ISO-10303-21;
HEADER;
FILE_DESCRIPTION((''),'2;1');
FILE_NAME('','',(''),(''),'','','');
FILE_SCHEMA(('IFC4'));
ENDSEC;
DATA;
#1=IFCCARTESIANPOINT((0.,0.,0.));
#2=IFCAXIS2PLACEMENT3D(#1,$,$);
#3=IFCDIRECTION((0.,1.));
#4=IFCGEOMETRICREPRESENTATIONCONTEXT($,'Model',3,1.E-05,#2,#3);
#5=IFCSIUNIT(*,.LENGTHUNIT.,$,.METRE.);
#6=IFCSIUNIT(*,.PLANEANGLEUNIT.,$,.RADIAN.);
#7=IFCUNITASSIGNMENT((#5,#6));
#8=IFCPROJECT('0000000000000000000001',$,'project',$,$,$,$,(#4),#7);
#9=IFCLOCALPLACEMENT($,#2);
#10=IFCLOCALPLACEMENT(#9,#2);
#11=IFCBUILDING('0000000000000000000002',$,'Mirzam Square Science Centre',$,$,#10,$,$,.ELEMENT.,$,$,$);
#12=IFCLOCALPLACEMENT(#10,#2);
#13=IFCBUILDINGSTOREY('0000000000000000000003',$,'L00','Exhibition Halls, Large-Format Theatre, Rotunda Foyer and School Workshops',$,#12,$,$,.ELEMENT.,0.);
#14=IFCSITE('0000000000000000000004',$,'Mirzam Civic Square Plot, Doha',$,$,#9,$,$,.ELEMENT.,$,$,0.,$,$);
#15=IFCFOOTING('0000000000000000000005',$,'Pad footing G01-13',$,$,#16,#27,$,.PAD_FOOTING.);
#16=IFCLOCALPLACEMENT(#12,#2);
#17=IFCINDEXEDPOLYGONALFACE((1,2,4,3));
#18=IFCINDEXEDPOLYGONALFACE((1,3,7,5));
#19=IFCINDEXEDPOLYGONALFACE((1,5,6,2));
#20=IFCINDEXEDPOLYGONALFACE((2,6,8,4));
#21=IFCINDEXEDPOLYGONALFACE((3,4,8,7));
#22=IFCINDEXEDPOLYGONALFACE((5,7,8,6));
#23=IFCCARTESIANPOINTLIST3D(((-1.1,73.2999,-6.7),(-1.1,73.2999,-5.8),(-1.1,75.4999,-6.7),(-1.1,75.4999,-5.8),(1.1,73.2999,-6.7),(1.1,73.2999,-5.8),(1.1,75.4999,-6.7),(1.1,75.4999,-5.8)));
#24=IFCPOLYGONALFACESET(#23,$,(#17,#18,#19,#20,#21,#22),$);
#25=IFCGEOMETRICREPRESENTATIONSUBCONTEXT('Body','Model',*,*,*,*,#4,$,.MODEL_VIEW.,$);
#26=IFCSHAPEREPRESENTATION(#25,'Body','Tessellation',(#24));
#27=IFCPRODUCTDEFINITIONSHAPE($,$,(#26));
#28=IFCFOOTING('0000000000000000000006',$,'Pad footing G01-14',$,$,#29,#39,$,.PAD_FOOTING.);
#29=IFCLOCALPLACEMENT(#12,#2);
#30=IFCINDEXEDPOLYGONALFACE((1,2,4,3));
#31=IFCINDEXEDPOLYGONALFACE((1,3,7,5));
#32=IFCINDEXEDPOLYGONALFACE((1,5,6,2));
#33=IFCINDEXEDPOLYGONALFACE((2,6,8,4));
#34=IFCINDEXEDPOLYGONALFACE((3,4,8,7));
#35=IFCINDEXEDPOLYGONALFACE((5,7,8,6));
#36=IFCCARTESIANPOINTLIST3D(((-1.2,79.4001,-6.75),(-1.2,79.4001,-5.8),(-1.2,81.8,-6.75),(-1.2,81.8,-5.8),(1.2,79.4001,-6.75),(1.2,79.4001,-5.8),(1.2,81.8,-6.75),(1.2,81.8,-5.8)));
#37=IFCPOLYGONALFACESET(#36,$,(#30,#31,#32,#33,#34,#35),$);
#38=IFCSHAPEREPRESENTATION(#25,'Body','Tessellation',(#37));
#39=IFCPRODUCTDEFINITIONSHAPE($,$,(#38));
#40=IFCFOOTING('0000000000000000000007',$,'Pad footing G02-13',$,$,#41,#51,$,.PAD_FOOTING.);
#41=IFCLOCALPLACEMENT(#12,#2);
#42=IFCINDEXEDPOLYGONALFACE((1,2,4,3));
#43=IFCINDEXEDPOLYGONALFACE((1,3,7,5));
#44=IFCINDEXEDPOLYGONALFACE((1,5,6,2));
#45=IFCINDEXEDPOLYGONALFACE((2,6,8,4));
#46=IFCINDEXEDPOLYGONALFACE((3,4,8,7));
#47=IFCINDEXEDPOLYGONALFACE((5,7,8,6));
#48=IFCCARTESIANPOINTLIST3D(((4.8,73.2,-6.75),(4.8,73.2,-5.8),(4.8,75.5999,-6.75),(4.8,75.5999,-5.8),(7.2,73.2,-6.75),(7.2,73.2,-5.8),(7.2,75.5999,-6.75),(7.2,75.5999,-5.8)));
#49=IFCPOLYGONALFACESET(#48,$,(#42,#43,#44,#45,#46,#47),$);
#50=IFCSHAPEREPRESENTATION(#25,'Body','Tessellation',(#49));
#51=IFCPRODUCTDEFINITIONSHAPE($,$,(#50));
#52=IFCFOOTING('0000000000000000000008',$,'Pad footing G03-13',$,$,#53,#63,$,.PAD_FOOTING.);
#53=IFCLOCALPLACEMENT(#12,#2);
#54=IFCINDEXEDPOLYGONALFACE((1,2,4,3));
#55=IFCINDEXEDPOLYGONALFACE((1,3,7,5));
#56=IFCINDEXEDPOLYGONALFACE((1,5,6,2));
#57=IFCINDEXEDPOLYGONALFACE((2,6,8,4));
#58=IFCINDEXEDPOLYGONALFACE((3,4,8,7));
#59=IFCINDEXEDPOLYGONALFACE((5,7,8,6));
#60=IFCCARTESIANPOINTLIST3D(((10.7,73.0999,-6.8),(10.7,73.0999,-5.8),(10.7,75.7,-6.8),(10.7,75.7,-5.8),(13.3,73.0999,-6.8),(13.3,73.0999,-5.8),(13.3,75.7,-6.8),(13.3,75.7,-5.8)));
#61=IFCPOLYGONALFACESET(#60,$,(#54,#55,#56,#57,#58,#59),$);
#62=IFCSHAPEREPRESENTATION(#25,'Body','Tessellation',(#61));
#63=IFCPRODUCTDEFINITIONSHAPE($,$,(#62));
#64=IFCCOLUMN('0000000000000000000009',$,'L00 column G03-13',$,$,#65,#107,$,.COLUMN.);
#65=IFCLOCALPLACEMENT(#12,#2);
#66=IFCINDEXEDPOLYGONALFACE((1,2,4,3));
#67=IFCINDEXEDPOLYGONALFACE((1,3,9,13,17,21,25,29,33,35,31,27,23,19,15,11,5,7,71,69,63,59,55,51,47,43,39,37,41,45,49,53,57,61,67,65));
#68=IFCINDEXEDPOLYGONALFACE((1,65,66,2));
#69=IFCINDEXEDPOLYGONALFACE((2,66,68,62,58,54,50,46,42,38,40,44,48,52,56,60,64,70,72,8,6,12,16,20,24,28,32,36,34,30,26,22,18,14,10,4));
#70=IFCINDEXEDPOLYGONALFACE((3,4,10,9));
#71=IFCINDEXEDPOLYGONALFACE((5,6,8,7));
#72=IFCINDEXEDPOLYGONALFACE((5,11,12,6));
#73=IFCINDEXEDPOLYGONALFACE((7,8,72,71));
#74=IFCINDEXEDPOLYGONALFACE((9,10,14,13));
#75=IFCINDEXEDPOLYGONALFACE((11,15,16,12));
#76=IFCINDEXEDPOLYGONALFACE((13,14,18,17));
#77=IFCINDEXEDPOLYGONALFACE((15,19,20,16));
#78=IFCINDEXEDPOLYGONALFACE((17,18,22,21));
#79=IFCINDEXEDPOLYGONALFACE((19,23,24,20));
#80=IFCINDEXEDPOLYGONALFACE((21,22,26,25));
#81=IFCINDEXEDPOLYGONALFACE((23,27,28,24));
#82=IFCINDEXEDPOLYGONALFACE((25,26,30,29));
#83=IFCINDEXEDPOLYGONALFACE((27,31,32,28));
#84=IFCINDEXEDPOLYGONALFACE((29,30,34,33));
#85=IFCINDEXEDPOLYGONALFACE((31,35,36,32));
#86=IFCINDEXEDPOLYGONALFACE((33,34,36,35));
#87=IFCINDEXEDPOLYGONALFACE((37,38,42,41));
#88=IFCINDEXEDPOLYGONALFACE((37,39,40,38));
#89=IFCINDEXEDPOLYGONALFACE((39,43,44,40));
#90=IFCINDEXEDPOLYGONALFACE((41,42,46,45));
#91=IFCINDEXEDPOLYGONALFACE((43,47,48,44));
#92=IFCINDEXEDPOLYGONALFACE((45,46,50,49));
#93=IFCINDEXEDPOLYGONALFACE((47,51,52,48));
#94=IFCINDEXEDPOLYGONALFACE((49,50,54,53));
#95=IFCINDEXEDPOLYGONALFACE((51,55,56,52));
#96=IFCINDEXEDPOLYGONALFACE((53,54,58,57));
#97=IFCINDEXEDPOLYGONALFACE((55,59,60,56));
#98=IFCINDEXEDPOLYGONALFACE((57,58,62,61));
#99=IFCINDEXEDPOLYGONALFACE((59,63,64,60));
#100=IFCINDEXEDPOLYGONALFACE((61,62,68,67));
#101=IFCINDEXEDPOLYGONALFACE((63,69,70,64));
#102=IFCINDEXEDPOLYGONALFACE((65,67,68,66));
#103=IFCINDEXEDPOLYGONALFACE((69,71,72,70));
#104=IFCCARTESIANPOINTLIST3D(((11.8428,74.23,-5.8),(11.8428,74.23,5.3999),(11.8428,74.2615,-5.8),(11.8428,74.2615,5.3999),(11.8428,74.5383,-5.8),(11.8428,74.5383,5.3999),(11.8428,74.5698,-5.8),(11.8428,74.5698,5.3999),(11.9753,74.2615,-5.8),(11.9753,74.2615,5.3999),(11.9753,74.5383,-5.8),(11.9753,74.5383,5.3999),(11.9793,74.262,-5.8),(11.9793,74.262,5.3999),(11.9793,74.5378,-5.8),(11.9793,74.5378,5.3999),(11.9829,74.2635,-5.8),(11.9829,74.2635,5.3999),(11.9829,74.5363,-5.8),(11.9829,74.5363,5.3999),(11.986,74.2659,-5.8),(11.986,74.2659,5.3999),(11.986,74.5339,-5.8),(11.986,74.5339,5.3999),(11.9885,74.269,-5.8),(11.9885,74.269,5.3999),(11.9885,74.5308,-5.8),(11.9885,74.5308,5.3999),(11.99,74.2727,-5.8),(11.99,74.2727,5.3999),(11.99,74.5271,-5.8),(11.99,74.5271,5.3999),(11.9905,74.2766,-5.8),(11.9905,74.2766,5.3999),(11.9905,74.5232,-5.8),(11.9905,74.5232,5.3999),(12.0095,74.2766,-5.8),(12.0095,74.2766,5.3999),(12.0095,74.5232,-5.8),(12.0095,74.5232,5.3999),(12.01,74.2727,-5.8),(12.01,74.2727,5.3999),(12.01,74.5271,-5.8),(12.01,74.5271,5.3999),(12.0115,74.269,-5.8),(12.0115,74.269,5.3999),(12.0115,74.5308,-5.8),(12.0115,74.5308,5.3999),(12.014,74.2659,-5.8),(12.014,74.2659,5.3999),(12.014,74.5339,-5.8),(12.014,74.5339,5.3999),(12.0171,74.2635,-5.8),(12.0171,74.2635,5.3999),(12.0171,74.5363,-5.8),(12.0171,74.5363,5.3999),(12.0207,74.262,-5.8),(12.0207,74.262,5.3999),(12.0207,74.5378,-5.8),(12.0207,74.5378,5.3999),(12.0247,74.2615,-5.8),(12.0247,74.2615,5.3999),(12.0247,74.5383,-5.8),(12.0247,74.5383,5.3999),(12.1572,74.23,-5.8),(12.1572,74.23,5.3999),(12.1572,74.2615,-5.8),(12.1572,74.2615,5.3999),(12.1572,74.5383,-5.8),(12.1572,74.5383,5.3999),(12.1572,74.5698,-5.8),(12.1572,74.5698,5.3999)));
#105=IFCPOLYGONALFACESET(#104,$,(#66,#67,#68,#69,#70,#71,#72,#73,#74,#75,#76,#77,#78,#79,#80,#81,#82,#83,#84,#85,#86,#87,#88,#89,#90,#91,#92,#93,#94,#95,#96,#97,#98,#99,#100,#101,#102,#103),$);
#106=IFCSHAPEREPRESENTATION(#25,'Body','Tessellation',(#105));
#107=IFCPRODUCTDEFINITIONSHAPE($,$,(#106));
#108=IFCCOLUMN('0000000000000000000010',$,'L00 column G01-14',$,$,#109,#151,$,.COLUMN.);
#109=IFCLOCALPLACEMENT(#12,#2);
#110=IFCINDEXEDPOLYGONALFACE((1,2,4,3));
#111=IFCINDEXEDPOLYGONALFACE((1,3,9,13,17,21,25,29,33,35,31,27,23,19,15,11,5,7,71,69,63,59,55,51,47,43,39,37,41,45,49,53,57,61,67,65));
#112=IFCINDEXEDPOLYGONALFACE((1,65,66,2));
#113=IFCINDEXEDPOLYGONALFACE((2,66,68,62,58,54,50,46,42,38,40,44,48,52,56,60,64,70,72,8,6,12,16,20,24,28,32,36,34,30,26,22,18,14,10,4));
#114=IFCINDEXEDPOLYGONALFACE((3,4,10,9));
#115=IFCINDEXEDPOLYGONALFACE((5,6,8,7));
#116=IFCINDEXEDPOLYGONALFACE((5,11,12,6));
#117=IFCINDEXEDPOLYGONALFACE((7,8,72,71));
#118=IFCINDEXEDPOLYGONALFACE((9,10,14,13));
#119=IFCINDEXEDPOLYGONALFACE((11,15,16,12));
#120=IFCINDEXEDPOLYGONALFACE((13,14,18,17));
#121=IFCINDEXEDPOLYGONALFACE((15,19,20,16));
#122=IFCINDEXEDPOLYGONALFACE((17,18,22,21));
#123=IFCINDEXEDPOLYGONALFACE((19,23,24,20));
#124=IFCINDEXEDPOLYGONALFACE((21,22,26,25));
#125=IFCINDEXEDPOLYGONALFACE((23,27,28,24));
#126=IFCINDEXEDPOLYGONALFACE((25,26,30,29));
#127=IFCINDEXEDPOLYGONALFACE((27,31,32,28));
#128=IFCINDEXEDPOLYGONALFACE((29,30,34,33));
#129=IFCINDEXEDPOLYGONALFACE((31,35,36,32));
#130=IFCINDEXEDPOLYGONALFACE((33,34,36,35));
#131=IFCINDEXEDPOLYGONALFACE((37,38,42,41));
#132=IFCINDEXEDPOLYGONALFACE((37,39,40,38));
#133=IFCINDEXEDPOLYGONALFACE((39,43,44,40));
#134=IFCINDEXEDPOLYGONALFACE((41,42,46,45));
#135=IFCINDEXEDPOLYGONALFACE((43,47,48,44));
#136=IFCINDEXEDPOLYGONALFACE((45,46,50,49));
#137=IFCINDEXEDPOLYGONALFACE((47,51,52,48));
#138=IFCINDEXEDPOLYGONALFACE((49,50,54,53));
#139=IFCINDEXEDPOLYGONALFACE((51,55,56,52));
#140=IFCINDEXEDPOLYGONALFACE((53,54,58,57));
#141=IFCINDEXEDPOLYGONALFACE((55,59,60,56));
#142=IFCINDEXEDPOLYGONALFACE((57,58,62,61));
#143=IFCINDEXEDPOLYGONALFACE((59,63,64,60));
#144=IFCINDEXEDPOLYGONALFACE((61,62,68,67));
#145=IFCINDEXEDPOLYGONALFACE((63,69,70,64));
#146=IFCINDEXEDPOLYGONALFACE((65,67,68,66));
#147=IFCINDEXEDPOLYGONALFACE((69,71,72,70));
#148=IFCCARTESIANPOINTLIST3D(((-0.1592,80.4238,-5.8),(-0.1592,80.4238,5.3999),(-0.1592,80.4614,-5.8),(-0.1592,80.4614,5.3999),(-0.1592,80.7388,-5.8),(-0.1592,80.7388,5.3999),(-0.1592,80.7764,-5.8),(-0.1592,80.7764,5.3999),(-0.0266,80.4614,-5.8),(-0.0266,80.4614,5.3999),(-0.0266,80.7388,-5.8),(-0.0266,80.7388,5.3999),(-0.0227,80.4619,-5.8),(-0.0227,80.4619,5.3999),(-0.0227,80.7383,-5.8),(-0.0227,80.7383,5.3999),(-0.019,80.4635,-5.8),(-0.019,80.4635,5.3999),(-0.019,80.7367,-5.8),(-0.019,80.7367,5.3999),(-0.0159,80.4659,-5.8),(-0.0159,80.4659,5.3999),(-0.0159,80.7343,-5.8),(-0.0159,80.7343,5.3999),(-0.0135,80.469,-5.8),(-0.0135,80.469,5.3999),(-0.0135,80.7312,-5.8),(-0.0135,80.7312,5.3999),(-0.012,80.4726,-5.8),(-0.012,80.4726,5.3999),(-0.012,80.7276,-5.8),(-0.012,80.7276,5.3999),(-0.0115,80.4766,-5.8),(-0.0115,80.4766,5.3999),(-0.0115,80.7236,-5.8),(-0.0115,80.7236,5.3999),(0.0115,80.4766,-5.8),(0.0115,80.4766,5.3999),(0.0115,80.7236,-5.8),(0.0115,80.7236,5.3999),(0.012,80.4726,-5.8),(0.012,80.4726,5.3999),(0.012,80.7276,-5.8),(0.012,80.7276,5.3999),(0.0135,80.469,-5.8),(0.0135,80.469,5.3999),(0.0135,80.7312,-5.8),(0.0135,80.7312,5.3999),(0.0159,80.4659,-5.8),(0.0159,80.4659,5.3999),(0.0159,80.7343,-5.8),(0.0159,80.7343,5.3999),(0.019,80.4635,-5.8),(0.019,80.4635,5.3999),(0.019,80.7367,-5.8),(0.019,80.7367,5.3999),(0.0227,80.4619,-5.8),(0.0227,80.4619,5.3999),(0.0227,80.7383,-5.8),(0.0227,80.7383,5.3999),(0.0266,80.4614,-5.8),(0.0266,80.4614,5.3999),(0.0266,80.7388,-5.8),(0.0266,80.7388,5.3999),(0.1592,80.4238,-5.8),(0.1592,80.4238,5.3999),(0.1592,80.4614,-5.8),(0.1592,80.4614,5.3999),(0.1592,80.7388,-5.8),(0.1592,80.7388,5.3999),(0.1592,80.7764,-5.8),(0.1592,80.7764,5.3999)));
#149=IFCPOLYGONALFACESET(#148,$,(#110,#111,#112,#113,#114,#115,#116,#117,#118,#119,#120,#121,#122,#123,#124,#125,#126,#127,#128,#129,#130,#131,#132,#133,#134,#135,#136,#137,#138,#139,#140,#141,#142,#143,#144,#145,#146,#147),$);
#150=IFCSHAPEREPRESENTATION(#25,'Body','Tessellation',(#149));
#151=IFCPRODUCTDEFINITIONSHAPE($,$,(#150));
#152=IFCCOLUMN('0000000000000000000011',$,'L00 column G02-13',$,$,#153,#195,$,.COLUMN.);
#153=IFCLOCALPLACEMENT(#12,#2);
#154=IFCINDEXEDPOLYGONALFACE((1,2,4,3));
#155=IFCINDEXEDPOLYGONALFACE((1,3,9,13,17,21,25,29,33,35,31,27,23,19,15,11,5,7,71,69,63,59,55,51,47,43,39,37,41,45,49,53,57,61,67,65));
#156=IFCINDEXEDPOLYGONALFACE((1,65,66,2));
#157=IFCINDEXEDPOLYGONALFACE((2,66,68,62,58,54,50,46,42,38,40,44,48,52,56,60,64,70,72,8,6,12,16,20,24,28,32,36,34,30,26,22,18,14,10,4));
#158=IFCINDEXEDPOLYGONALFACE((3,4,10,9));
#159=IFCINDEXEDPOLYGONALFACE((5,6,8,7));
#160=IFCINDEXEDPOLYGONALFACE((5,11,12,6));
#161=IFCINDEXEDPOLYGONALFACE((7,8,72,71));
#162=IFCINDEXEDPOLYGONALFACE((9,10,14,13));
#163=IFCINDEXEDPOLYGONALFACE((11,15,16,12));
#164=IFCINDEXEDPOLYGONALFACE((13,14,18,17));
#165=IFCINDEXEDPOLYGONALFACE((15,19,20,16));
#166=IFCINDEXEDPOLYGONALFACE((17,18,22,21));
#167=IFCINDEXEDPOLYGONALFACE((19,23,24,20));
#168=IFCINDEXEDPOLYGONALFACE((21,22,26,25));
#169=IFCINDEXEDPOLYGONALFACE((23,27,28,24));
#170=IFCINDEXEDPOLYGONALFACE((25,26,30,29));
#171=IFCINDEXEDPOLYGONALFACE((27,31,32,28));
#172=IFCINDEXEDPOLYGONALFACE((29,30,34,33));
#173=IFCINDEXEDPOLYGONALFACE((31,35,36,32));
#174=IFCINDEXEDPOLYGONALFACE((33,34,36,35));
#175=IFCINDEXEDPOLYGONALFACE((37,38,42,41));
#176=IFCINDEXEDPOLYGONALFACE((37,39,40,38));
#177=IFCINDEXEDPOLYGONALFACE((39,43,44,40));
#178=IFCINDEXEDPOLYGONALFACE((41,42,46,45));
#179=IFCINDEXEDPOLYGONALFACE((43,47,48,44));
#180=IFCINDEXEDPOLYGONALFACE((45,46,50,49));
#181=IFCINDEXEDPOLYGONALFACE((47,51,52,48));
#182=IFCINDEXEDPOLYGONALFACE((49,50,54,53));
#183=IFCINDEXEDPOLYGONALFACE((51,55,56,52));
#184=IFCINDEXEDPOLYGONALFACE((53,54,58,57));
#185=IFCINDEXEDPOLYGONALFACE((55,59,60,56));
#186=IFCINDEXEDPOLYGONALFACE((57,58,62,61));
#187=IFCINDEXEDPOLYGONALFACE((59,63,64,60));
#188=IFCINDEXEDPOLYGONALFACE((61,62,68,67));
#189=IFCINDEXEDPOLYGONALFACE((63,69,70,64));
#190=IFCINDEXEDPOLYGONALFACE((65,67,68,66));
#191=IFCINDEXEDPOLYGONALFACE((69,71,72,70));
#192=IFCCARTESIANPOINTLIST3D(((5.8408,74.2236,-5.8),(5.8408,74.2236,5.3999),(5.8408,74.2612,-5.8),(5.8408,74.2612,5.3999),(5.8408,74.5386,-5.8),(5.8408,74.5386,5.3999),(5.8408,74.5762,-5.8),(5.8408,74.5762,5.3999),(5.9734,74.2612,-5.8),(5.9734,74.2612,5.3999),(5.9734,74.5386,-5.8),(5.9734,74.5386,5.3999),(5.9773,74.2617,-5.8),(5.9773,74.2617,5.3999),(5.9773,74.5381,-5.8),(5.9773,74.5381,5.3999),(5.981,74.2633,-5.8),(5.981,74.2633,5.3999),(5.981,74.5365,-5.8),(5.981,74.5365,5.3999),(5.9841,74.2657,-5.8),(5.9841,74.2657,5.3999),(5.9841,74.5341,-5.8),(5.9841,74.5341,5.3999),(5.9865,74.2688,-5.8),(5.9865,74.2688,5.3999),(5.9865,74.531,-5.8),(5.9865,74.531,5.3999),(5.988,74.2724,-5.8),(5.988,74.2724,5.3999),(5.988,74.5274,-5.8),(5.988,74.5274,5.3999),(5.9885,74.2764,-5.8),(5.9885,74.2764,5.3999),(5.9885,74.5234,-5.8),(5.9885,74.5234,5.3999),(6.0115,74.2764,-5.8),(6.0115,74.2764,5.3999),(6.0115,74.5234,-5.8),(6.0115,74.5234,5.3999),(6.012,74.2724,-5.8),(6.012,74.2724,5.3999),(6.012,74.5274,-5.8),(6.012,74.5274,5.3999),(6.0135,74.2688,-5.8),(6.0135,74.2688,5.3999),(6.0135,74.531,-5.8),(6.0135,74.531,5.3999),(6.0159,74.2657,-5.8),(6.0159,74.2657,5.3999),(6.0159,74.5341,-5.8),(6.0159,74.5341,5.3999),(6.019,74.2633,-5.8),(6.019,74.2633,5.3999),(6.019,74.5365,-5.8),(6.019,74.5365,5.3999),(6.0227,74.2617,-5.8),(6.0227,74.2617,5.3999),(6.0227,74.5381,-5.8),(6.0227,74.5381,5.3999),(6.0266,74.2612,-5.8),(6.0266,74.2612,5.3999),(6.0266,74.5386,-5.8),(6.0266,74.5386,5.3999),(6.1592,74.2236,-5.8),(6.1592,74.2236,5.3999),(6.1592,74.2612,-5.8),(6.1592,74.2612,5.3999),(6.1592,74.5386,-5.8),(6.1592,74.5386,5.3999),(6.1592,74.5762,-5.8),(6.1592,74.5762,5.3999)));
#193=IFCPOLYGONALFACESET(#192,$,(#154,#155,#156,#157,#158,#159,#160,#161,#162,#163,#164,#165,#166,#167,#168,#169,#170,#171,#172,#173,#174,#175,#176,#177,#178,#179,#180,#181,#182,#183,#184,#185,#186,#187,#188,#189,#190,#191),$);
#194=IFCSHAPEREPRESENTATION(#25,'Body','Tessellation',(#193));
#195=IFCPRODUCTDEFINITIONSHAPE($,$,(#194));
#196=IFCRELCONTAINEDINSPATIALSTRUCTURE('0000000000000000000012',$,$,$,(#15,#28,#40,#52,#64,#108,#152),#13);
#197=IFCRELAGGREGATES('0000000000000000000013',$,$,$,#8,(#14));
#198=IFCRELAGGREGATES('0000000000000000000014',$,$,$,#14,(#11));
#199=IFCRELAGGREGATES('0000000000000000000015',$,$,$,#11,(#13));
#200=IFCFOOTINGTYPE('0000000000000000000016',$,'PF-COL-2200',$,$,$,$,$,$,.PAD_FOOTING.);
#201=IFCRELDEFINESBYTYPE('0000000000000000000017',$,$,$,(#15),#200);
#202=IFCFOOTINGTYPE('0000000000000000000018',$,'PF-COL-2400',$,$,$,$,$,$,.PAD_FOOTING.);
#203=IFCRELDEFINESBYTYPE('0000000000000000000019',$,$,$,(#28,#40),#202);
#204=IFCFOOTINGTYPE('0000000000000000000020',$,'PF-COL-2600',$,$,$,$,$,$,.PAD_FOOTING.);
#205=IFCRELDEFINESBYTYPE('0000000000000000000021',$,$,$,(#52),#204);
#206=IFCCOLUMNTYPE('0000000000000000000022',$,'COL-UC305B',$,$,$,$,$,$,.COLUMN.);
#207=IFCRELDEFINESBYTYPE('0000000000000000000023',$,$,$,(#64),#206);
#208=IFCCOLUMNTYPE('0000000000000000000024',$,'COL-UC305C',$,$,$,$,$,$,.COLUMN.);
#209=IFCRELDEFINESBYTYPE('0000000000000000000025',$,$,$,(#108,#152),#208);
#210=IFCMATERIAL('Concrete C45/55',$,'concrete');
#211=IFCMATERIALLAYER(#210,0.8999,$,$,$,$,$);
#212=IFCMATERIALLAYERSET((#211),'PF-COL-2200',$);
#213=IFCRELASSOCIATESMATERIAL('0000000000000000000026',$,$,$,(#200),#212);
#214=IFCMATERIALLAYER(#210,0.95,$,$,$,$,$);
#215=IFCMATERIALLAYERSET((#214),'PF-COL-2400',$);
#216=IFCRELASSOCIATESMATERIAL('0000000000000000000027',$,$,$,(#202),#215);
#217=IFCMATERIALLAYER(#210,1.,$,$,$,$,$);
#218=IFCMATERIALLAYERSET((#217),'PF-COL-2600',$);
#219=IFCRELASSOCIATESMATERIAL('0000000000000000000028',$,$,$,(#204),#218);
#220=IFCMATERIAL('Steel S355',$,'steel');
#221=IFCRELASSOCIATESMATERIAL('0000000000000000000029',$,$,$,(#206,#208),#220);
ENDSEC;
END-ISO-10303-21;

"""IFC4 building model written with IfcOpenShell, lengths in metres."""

from ifc_helpers import new_model, si_unit, direction, frame, origin, origin_2d, place, context, subcontext, project, spatial, rectangle, i_section, extrude, material, layer, layer_set, material_profile, profile_set, type_object, element, save


model = new_model("IFC4")

# Units and contexts
model_context = context("Model", 3, precision=1e-05, world=origin(), true_north=direction((0.0, 1.0)))
body_context = subcontext(model_context, "Body", "Model", "MODEL_VIEW")
ifc_project = project(units=[si_unit("LENGTHUNIT", "METRE"), si_unit("PLANEANGLEUNIT", "RADIAN")], contexts=[model_context])

# Site, building, storey
site_placement = place(None, origin())
site = spatial("IfcSite", under=ifc_project, at=site_placement, Name="Mirzam Civic Square Plot, Doha", CompositionType="ELEMENT", RefElevation=0.0)
building_placement = place(site_placement, origin())
building = spatial("IfcBuilding", under=site, at=building_placement, Name="Mirzam Square Science Centre", CompositionType="ELEMENT")
storey_placement = place(building_placement, origin())
storey = spatial("IfcBuildingStorey", under=building, at=storey_placement, Name="L00", Description="Exhibition Halls, Large-Format Theatre, Rotunda Foyer and School Workshops", CompositionType="ELEMENT", Elevation=0.0)

# Footings
ifc_material_1 = material(Name="Concrete C45/55", Category="concrete")
ifc_layer_1 = layer(ifc_material_1, 0.8999)
ifc_layer_set_1 = layer_set([ifc_layer_1], Name="PF-COL-2200")
footing_type_1 = type_object("IfcFootingType", Name="PF-COL-2200", PredefinedType="PAD_FOOTING", material=ifc_layer_set_1)
footing_1_placement = place(storey_placement, frame((0.0, 74.3999, -6.7), z_axis=(0.0, 0.0, 1.0), x_axis=(1.0, 0.0, 0.0)))
element("IfcFooting", 1, at=footing_1_placement, inside=storey, type_object=footing_type_1, Name="Pad footing G01-13", PredefinedType="PAD_FOOTING", context=body_context, shape_type="SweptSolid", body=[
    extrude(rectangle(XDim=2.2, YDim=2.2, at=origin_2d()), origin(), (0.0, 0.0, 1.0), 0.8999),
])
ifc_layer_2 = layer(ifc_material_1, 0.95)
ifc_layer_set_2 = layer_set([ifc_layer_2], Name="PF-COL-2400")
footing_type_2 = type_object("IfcFootingType", Name="PF-COL-2400", PredefinedType="PAD_FOOTING", material=ifc_layer_set_2)
for number, where, z_axis, x_axis, name in (
    (2, (0.0, 80.6001, -6.75), (0.0, 0.0, 1.0), (1.0, 0.0, 0.0), "Pad footing G01-14"),
    (3, (6.0, 74.3999, -6.75), (0.0, 0.0, 1.0), (1.0, 0.0, 0.0), "Pad footing G02-13"),
):
    element("IfcFooting", number, at=place(storey_placement, frame(where, z_axis=z_axis, x_axis=x_axis)), inside=storey, type_object=footing_type_2, Name=name, PredefinedType="PAD_FOOTING", context=body_context, shape_type="SweptSolid", body=[
        extrude(rectangle(XDim=2.3999, YDim=2.3999, at=origin_2d()), origin(), (0.0, 0.0, 1.0), 0.95),
    ])
ifc_layer_3 = layer(ifc_material_1, 1.0)
ifc_layer_set_3 = layer_set([ifc_layer_3], Name="PF-COL-2600")
footing_type_3 = type_object("IfcFootingType", Name="PF-COL-2600", PredefinedType="PAD_FOOTING", material=ifc_layer_set_3)
footing_2_placement = place(storey_placement, frame((12.0, 74.3999, -6.8), z_axis=(0.0, 0.0, 1.0), x_axis=(1.0, 0.0, 0.0)))
element("IfcFooting", 4, at=footing_2_placement, inside=storey, type_object=footing_type_3, Name="Pad footing G03-13", PredefinedType="PAD_FOOTING", context=body_context, shape_type="SweptSolid", body=[
    extrude(rectangle(XDim=2.6001, YDim=2.6001, at=origin_2d()), origin(), (0.0, 0.0, 1.0), 1.0),
])

# Columns
ifc_material_2 = material(Name="Steel S355", Category="steel")
ifc_material_profile_1 = material_profile(ifc_material_2, i_section(OverallWidth=0.3145, OverallDepth=0.3398, WebThickness=0.019, FlangeThickness=0.0315, FilletRadius=0.0151, at=origin_2d()), Name="305x305x198UC")
ifc_profile_set_1 = profile_set([ifc_material_profile_1], Name="Steel S355")
column_type_1 = type_object("IfcColumnType", Name="COL-UC305B", PredefinedType="COLUMN", material=ifc_profile_set_1)
column_1_placement = place(storey_placement, frame((12.0, 74.3999, -5.8), z_axis=(0.0, 0.0, 1.0), x_axis=(1.0, 0.0, 0.0)))
element("IfcColumn", 5, at=column_1_placement, inside=storey, type_object=column_type_1, Name="L00 column G03-13", PredefinedType="COLUMN", context=body_context, shape_type="SweptSolid", body=[
    extrude(i_section(OverallWidth=0.3145, OverallDepth=0.3398, WebThickness=0.019, FlangeThickness=0.0315, FilletRadius=0.0151, at=origin_2d()), origin(), (0.0, 0.0, 1.0), 11.2),
])
ifc_material_profile_2 = material_profile(ifc_material_2, i_section(OverallWidth=0.3184, OverallDepth=0.3525, WebThickness=0.0229, FlangeThickness=0.0376, FilletRadius=0.0151, at=origin_2d()), Name="305x305x240UC")
ifc_profile_set_2 = profile_set([ifc_material_profile_2], Name="Steel S355")
column_type_2 = type_object("IfcColumnType", Name="COL-UC305C", PredefinedType="COLUMN", material=ifc_profile_set_2)
for number, where, z_axis, x_axis, name in (
    (6, (0.0, 80.6001, -5.8), (0.0, 0.0, 1.0), (1.0, 0.0, 0.0), "L00 column G01-14"),
    (7, (6.0, 74.3999, -5.8), (0.0, 0.0, 1.0), (1.0, 0.0, 0.0), "L00 column G02-13"),
):
    element("IfcColumn", number, at=place(storey_placement, frame(where, z_axis=z_axis, x_axis=x_axis)), inside=storey, type_object=column_type_2, Name=name, PredefinedType="COLUMN", context=body_context, shape_type="SweptSolid", body=[
        extrude(i_section(OverallWidth=0.3184, OverallDepth=0.3525, WebThickness=0.0229, FlangeThickness=0.0376, FilletRadius=0.0151, at=origin_2d()), origin(), (0.0, 0.0, 1.0), 11.2),
    ])

save(model, "model.ifc")
